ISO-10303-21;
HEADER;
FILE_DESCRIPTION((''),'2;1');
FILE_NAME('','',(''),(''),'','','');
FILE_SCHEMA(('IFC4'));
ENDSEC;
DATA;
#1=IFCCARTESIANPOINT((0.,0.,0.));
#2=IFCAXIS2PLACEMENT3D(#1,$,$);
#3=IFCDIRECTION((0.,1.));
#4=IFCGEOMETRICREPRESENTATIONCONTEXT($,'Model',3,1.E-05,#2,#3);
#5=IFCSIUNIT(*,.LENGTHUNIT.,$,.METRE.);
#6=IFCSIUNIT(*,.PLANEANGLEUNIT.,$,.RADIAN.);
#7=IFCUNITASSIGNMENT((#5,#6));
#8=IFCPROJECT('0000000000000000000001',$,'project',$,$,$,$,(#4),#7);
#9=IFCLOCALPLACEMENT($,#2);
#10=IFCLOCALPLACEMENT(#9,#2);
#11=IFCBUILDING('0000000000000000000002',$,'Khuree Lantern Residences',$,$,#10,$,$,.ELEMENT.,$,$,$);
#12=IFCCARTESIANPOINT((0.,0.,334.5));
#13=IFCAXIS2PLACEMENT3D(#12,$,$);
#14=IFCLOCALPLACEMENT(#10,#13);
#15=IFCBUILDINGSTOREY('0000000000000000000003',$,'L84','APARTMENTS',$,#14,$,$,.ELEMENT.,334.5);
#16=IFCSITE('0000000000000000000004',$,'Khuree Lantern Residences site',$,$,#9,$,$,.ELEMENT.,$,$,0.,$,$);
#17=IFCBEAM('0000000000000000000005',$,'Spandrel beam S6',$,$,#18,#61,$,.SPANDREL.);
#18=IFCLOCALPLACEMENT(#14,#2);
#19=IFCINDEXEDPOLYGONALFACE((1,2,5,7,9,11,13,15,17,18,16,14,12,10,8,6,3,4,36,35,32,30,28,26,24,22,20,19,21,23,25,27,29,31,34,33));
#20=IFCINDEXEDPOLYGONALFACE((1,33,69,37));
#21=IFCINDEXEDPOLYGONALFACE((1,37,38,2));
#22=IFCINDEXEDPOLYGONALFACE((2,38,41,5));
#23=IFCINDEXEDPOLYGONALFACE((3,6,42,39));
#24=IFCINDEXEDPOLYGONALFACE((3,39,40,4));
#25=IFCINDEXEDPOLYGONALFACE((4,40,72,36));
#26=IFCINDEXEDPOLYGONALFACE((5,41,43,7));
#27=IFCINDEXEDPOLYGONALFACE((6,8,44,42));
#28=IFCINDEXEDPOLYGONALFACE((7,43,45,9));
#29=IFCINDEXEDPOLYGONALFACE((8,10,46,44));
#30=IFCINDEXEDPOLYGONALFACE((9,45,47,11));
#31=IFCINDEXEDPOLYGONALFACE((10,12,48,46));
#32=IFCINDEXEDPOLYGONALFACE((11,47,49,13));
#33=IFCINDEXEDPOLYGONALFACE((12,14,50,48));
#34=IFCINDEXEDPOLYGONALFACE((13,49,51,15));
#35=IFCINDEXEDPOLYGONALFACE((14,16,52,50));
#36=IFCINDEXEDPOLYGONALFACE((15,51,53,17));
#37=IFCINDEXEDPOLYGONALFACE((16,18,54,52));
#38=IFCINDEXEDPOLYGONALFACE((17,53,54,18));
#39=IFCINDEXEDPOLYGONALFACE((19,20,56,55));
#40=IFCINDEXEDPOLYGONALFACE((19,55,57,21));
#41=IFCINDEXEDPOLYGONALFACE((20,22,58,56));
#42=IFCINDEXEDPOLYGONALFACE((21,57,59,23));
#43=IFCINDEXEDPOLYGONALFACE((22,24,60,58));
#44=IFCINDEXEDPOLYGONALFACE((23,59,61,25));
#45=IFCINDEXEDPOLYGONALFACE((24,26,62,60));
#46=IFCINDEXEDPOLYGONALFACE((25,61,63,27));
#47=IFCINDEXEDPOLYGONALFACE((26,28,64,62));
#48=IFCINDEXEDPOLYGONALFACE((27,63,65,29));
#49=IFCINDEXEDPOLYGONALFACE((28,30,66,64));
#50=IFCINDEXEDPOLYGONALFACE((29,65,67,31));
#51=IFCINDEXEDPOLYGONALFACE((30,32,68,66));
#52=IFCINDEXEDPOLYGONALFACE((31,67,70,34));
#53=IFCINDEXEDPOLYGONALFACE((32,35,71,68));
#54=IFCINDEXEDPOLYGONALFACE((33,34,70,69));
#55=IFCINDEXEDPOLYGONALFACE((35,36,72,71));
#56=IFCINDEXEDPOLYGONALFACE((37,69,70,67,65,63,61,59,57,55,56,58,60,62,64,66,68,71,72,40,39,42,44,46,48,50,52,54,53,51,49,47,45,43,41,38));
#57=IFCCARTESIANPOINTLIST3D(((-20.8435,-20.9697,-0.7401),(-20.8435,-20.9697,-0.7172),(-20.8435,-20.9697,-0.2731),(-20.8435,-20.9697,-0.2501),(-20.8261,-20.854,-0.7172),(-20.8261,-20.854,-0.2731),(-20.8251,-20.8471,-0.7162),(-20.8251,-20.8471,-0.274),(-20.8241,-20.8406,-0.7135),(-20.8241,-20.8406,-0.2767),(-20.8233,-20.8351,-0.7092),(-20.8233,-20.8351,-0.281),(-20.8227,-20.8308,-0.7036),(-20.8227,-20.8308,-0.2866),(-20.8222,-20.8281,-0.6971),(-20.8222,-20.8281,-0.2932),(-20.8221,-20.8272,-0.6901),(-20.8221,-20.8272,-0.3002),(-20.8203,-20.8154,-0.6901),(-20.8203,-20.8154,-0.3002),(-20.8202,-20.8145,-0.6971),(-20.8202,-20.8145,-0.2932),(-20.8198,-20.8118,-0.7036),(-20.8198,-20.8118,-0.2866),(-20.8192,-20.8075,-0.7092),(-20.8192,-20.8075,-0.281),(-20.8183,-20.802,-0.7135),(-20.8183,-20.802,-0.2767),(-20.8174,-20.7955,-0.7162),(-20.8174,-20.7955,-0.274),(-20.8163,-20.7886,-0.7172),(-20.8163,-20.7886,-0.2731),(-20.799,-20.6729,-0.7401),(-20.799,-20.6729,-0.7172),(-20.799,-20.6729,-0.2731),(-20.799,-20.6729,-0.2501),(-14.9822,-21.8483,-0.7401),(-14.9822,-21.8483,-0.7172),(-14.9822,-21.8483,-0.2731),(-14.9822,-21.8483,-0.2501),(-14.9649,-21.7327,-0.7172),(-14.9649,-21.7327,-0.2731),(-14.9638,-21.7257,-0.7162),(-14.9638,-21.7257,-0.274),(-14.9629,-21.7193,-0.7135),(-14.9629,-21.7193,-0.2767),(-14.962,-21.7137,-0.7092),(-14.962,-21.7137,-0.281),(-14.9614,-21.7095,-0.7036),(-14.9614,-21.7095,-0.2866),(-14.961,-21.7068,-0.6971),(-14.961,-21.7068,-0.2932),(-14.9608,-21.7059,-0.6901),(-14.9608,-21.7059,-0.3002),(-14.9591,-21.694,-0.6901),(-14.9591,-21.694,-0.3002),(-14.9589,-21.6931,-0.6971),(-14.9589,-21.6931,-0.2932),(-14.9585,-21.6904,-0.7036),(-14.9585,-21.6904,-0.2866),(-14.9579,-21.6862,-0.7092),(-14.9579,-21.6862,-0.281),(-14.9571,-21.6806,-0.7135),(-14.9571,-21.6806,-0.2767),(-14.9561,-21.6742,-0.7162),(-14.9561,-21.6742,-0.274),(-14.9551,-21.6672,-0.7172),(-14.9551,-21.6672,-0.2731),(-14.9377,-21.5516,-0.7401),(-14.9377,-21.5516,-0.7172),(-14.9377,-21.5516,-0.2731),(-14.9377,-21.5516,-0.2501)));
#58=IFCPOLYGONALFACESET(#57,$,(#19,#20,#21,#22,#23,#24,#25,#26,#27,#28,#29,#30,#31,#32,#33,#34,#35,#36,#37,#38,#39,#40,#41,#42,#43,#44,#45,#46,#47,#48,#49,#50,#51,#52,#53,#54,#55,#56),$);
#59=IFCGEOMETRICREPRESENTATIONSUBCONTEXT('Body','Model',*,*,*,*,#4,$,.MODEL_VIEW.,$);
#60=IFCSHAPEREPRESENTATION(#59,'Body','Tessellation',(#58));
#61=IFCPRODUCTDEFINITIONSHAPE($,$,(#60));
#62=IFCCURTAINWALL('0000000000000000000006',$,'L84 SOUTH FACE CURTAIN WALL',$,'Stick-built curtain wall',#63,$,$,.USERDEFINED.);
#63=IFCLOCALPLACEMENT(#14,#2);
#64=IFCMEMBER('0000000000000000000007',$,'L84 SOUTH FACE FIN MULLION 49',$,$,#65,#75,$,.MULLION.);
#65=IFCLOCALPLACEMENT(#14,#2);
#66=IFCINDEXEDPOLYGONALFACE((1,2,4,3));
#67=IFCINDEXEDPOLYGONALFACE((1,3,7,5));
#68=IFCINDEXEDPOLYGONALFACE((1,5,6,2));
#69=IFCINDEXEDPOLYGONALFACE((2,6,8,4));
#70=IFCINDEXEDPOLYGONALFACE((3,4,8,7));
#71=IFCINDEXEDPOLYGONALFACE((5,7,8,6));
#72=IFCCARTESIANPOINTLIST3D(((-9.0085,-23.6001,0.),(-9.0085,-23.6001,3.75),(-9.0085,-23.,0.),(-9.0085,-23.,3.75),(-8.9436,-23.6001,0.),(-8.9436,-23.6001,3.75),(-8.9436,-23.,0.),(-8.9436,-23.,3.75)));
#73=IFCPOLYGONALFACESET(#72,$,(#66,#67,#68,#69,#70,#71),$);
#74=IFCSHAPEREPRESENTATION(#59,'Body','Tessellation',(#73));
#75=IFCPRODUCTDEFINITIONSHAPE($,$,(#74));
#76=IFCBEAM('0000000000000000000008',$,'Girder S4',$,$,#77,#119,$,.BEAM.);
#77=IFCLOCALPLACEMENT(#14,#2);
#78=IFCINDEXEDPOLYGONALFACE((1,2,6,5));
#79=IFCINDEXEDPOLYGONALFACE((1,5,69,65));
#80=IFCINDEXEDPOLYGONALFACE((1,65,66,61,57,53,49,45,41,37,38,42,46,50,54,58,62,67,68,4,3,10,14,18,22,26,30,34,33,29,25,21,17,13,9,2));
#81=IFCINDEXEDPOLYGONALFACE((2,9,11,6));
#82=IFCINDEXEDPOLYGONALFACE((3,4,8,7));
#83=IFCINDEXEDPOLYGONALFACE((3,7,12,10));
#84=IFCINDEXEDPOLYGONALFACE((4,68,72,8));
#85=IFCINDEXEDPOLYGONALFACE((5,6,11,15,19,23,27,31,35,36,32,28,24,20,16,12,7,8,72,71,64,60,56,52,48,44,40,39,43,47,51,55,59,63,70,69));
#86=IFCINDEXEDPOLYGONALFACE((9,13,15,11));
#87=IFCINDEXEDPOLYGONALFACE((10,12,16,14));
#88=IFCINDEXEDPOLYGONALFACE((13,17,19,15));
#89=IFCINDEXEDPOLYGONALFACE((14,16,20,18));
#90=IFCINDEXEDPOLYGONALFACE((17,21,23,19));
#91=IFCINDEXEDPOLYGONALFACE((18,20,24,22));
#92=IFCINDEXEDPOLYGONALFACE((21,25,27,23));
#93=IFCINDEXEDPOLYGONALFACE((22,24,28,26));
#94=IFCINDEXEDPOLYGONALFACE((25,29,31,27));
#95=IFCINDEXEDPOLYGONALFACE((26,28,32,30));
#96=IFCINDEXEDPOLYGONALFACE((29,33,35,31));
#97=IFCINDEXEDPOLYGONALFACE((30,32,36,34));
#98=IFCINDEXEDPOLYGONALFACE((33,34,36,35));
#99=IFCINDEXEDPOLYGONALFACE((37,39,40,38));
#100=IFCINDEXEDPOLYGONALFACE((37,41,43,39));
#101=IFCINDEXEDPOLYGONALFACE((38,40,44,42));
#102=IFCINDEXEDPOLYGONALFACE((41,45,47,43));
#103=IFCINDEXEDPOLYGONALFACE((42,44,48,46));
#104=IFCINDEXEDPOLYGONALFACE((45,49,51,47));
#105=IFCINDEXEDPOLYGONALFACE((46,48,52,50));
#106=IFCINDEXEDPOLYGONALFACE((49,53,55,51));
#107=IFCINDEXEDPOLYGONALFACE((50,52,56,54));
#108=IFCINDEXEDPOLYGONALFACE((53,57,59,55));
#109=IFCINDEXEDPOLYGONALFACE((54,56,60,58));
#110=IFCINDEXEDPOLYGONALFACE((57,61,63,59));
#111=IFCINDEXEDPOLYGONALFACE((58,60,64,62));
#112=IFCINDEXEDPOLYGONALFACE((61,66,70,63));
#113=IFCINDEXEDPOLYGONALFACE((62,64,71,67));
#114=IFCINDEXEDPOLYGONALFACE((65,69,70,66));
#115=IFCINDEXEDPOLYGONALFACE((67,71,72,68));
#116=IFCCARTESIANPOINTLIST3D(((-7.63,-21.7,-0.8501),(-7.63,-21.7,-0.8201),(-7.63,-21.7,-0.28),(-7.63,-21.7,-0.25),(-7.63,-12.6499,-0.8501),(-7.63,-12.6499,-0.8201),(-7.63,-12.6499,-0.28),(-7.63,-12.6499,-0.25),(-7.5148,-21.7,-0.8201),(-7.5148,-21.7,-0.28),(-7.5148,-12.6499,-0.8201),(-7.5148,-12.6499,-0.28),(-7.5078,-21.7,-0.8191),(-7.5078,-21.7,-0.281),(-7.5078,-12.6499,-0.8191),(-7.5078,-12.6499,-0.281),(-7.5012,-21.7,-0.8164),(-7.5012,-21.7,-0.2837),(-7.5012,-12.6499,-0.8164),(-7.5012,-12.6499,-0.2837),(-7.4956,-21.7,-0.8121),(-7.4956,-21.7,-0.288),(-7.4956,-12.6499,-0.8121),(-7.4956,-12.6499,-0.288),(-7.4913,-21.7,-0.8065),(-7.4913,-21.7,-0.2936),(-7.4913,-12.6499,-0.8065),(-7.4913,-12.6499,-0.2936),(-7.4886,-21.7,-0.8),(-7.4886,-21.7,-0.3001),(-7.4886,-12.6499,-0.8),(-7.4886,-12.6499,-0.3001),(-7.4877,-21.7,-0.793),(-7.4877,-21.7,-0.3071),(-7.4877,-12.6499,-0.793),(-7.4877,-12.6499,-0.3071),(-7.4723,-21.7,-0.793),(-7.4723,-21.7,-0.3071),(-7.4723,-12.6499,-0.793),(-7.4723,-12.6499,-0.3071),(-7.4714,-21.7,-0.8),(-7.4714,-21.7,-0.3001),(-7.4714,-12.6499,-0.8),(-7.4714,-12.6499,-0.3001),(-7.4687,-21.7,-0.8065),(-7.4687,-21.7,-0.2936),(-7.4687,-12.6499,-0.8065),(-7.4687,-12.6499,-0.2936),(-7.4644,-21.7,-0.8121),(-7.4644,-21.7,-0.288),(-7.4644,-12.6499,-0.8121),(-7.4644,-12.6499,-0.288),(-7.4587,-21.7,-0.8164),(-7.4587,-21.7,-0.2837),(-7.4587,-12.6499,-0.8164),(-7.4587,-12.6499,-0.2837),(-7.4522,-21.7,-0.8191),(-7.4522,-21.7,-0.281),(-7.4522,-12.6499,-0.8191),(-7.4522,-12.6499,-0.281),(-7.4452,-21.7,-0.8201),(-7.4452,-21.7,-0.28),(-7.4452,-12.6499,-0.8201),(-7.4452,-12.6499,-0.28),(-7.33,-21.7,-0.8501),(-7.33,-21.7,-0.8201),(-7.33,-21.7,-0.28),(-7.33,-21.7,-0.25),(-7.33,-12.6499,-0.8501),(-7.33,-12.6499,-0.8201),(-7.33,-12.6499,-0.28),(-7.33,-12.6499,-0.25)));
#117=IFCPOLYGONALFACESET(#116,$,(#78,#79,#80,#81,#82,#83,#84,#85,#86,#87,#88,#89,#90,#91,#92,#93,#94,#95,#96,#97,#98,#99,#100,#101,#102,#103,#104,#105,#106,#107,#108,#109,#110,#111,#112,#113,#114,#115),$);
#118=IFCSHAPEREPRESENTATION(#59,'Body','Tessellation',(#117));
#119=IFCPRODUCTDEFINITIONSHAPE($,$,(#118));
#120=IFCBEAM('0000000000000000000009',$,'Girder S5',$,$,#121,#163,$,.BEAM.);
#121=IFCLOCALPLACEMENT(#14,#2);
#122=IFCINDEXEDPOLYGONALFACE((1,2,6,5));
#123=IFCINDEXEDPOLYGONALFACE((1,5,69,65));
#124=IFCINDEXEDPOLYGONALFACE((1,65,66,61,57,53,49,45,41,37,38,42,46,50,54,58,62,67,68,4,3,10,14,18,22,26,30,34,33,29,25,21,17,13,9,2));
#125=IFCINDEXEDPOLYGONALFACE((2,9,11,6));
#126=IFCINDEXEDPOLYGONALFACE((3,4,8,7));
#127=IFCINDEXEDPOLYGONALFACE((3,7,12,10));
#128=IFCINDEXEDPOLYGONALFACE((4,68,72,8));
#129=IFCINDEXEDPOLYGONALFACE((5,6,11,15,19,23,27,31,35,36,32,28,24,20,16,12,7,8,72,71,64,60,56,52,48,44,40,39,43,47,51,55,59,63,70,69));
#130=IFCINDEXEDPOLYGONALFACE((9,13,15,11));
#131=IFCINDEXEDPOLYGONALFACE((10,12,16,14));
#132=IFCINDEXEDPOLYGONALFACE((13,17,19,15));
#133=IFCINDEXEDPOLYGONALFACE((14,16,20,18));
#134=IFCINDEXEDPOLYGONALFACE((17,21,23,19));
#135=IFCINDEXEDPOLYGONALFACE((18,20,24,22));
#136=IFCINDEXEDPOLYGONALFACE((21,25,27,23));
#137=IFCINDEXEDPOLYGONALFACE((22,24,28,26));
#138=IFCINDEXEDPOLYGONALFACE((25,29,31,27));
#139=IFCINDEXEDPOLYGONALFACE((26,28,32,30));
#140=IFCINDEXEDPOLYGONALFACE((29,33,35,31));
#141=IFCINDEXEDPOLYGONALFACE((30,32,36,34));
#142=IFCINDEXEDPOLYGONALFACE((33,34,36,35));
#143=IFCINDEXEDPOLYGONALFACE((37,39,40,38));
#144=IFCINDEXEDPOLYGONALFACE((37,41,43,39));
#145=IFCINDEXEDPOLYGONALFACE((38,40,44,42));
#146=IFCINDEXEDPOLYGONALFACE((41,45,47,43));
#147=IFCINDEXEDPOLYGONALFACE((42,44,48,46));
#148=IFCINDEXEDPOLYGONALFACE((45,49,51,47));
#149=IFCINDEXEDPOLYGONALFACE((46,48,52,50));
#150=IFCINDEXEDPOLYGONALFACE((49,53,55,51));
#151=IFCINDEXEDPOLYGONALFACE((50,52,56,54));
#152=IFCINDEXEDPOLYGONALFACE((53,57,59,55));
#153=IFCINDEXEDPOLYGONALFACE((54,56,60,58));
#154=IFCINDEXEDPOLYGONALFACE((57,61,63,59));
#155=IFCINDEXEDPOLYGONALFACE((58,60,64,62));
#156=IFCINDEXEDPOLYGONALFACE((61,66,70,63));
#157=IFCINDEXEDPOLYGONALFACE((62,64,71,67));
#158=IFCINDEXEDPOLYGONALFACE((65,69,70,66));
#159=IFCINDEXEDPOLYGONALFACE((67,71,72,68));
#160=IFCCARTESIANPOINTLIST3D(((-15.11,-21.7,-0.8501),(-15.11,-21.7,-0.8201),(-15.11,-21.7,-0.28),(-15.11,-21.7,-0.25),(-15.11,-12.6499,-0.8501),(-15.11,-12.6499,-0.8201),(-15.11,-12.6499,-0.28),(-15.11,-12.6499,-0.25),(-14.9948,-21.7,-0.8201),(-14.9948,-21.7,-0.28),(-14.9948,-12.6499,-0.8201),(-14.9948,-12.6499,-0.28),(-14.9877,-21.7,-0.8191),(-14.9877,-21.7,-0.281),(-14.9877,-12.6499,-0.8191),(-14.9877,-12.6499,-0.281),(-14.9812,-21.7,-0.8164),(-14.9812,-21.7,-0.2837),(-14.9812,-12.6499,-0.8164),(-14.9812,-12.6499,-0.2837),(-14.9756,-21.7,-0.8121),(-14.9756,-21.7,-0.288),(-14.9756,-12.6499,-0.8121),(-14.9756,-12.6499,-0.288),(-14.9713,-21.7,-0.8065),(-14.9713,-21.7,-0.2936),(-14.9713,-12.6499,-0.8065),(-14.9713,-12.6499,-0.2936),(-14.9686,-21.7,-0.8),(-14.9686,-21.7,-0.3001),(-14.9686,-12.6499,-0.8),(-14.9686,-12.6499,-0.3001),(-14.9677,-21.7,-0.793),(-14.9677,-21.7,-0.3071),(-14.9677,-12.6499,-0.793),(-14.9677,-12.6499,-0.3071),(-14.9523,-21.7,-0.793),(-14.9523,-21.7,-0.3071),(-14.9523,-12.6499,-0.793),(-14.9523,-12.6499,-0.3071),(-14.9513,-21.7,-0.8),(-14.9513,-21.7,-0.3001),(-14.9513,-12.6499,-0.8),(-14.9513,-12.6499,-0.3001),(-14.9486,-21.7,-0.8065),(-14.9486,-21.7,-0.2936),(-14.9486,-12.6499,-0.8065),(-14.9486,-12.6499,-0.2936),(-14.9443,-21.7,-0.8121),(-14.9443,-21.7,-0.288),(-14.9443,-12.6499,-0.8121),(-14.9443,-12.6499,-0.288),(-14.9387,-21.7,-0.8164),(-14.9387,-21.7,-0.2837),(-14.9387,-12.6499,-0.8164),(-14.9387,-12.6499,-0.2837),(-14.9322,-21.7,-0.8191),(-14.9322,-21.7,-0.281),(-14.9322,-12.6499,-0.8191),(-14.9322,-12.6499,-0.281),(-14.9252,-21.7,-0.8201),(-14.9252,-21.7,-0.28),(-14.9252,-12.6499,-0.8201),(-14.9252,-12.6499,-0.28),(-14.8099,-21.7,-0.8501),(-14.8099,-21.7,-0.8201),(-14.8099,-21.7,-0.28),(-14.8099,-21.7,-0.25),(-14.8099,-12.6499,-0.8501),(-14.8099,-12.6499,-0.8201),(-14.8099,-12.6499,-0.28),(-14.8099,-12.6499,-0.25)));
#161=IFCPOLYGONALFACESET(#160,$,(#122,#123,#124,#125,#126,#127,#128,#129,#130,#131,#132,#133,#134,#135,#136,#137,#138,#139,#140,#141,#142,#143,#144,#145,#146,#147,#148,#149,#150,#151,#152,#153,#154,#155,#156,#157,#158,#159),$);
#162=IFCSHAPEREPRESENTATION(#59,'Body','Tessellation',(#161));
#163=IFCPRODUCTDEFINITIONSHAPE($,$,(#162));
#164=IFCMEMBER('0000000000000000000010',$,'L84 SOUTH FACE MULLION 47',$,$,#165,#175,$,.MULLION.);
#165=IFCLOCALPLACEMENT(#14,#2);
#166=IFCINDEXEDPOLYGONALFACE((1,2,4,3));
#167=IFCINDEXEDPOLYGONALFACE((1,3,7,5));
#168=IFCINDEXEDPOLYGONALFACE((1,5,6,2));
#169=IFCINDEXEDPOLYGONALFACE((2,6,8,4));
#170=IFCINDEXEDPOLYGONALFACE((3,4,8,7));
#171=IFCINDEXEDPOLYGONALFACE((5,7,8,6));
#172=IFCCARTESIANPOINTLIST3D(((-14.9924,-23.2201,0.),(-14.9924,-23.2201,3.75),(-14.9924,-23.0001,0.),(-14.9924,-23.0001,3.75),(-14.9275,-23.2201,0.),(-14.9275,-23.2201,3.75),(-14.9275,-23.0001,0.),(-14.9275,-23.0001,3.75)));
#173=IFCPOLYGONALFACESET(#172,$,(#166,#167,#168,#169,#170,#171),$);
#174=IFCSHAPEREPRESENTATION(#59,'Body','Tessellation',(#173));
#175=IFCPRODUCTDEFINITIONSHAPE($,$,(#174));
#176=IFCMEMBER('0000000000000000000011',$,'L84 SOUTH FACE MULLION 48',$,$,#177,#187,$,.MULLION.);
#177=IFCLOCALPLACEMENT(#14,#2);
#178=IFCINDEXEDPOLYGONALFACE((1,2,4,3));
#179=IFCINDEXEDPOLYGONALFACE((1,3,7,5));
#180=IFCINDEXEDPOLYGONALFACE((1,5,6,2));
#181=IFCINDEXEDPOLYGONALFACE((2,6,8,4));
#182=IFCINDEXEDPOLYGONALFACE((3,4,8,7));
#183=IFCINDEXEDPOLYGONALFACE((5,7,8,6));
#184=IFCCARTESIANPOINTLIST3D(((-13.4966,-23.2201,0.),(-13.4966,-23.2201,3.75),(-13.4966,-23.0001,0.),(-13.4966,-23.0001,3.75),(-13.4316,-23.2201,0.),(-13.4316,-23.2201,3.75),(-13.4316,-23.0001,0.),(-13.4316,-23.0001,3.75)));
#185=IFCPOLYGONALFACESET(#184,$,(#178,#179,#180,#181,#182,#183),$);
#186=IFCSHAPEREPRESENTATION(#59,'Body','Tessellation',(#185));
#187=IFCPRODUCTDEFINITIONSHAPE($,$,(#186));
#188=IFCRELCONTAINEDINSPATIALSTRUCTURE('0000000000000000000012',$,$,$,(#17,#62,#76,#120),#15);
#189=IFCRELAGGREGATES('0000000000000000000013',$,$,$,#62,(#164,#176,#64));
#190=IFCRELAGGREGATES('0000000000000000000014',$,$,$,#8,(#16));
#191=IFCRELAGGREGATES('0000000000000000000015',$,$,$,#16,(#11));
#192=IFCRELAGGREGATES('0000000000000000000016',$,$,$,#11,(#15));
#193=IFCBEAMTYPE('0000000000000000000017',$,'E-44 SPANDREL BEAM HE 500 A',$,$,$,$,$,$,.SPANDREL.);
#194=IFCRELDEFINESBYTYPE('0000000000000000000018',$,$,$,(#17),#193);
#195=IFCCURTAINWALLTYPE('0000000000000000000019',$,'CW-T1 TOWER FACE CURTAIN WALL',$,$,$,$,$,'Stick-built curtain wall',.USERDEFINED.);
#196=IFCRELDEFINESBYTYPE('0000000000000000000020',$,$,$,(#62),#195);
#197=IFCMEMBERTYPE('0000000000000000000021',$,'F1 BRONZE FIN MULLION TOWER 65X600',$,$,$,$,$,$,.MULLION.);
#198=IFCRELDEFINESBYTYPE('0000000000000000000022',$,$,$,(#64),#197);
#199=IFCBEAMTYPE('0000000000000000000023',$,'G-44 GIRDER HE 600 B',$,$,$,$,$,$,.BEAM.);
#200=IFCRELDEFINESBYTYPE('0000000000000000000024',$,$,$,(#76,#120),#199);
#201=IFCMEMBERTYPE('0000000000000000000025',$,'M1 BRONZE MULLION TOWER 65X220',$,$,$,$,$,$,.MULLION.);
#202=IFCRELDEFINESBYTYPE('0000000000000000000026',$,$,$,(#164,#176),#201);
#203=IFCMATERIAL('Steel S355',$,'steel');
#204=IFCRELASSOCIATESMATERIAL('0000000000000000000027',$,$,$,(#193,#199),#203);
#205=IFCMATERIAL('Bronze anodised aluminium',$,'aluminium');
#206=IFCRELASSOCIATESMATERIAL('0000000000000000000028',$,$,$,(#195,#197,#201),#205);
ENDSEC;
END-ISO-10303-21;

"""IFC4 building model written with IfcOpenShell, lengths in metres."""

from ifc_helpers import new_model, si_unit, direction, frame, origin, origin_2d, place, context, subcontext, project, spatial, rectangle, i_section, extrude, material, material_profile, profile_set, type_object, element, aggregate, save


model = new_model("IFC4")

# Units and contexts
model_context = context("Model", 3, precision=1e-05, world=origin(), true_north=direction((0.0, 1.0)))
body_context = subcontext(model_context, "Body", "Model", "MODEL_VIEW")
ifc_project = project(units=[si_unit("LENGTHUNIT", "METRE"), si_unit("PLANEANGLEUNIT", "RADIAN")], contexts=[model_context])

# Site, building, storey
site_placement = place(None, origin())
site = spatial("IfcSite", under=ifc_project, at=site_placement, Name="Khuree Lantern Residences site", CompositionType="ELEMENT", RefElevation=0.0)
building_placement = place(site_placement, origin())
building = spatial("IfcBuilding", under=site, at=building_placement, Name="Khuree Lantern Residences", CompositionType="ELEMENT")
storey_placement = place(building_placement, frame((0.0, 0.0, 334.5)))
storey = spatial("IfcBuildingStorey", under=building, at=storey_placement, Name="L84", Description="APARTMENTS", CompositionType="ELEMENT", Elevation=334.5)

# Beam
ifc_material_1 = material(Name="Steel S355", Category="steel")
ifc_material_profile_1 = material_profile(ifc_material_1, i_section(OverallWidth=0.3, OverallDepth=0.49, WebThickness=0.012, FlangeThickness=0.0229, FilletRadius=0.0271, at=origin_2d()), Name="HE 500 A")
ifc_profile_set_1 = profile_set([ifc_material_profile_1], Name="Steel S355")
beam_type_1 = type_object("IfcBeamType", Name="E-44 SPANDREL BEAM HE 500 A", PredefinedType="SPANDREL", material=ifc_profile_set_1)
beam_1_placement = place(storey_placement, frame((-14.96, -21.7, -0.4951), z_axis=(-0.98895, 0.148252, 0.0), x_axis=(-0.148252, -0.98895, 0.0)))
element("IfcBeam", 1, at=beam_1_placement, inside=storey, type_object=beam_type_1, Name="Spandrel beam S6", PredefinedType="SPANDREL", context=body_context, shape_type="SweptSolid", body=[
    extrude(i_section(OverallWidth=0.3, OverallDepth=0.49, WebThickness=0.012, FlangeThickness=0.0229, FilletRadius=0.0271, at=origin_2d()), origin(), (0.0, 0.0, 1.0), 5.9268),
])

# Curtain wall, member
ifc_material_2 = material(Name="Bronze anodised aluminium", Category="aluminium")
curtain_wall_type = type_object("IfcCurtainWallType", Name="CW-T1 TOWER FACE CURTAIN WALL", ElementType="Stick-built curtain wall", PredefinedType="USERDEFINED", material=ifc_material_2)
curtain_wall_placement = place(storey_placement, origin())
curtain_wall = element("IfcCurtainWall", 2, at=curtain_wall_placement, inside=storey, type_object=curtain_wall_type, Name="L84 SOUTH FACE CURTAIN WALL", ObjectType="Stick-built curtain wall", PredefinedType="USERDEFINED")
ifc_material_profile_2 = material_profile(ifc_material_2, rectangle(XDim=0.0649, YDim=0.6001, at=origin_2d()), Name="F1 65X600")
ifc_profile_set_2 = profile_set([ifc_material_profile_2], Name="Bronze anodised aluminium")
member_type_1 = type_object("IfcMemberType", Name="F1 BRONZE FIN MULLION TOWER 65X600", PredefinedType="MULLION", material=ifc_profile_set_2)
member_1_placement = place(storey_placement, frame((-8.9761, -23.3, 0.0), z_axis=(0.0, 0.0, 1.0), x_axis=(1.0, 0.0, 0.0)))
member_1 = element("IfcMember", 3, at=member_1_placement, type_object=member_type_1, Name="L84 SOUTH FACE FIN MULLION 49", PredefinedType="MULLION", context=body_context, shape_type="SweptSolid", body=[
    extrude(rectangle(XDim=0.0649, YDim=0.6001, at=origin_2d()), origin(), (0.0, 0.0, 1.0), 3.75),
])

# Beams
ifc_material_profile_3 = material_profile(ifc_material_1, i_section(OverallWidth=0.3, OverallDepth=0.6001, WebThickness=0.0154, FlangeThickness=0.03, FilletRadius=0.0271, at=origin_2d()), Name="HE 600 B")
ifc_profile_set_3 = profile_set([ifc_material_profile_3], Name="Steel S355")
beam_type_2 = type_object("IfcBeamType", Name="G-44 GIRDER HE 600 B", PredefinedType="BEAM", material=ifc_profile_set_3)
for number, where, z_axis, x_axis, name in (
    (4, (-7.48, -21.7, -0.55), (0.0, 1.0, 0.0), (-1.0, 0.0, 0.0), "Girder S4"),
    (5, (-14.96, -21.7, -0.55), (0.0, 1.0, 0.0), (-1.0, 0.0, 0.0), "Girder S5"),
):
    element("IfcBeam", number, at=place(storey_placement, frame(where, z_axis=z_axis, x_axis=x_axis)), inside=storey, type_object=beam_type_2, Name=name, PredefinedType="BEAM", context=body_context, shape_type="SweptSolid", body=[
        extrude(i_section(OverallWidth=0.3, OverallDepth=0.6001, WebThickness=0.0154, FlangeThickness=0.03, FilletRadius=0.0271, at=origin_2d()), origin(), (0.0, 0.0, 1.0), 9.05),
    ])

# Members
ifc_material_profile_4 = material_profile(ifc_material_2, rectangle(XDim=0.0649, YDim=0.22, at=origin_2d()), Name="M1 65X220")
ifc_profile_set_4 = profile_set([ifc_material_profile_4], Name="Bronze anodised aluminium")
member_type_2 = type_object("IfcMemberType", Name="M1 BRONZE MULLION TOWER 65X220", PredefinedType="MULLION", material=ifc_profile_set_4)
member_2_placement = place(storey_placement, frame((-14.96, -23.1101, 0.0), z_axis=(0.0, 0.0, 1.0), x_axis=(1.0, 0.0, 0.0)))
member_2 = element("IfcMember", 6, at=member_2_placement, type_object=member_type_2, Name="L84 SOUTH FACE MULLION 47", PredefinedType="MULLION", context=body_context, shape_type="SweptSolid", body=[
    extrude(rectangle(XDim=0.0649, YDim=0.22, at=origin_2d()), origin(), (0.0, 0.0, 1.0), 3.75),
])
member_3_placement = place(storey_placement, frame((-13.4641, -23.1101, 0.0), z_axis=(0.0, 0.0, 1.0), x_axis=(1.0, 0.0, 0.0)))
member_3 = element("IfcMember", 7, at=member_3_placement, type_object=member_type_2, Name="L84 SOUTH FACE MULLION 48", PredefinedType="MULLION", context=body_context, shape_type="SweptSolid", body=[
    extrude(rectangle(XDim=0.0649, YDim=0.22, at=origin_2d()), origin(), (0.0, 0.0, 1.0), 3.75),
])

aggregate(curtain_wall, [member_2, member_3, member_1])

save(model, "model.ifc")
